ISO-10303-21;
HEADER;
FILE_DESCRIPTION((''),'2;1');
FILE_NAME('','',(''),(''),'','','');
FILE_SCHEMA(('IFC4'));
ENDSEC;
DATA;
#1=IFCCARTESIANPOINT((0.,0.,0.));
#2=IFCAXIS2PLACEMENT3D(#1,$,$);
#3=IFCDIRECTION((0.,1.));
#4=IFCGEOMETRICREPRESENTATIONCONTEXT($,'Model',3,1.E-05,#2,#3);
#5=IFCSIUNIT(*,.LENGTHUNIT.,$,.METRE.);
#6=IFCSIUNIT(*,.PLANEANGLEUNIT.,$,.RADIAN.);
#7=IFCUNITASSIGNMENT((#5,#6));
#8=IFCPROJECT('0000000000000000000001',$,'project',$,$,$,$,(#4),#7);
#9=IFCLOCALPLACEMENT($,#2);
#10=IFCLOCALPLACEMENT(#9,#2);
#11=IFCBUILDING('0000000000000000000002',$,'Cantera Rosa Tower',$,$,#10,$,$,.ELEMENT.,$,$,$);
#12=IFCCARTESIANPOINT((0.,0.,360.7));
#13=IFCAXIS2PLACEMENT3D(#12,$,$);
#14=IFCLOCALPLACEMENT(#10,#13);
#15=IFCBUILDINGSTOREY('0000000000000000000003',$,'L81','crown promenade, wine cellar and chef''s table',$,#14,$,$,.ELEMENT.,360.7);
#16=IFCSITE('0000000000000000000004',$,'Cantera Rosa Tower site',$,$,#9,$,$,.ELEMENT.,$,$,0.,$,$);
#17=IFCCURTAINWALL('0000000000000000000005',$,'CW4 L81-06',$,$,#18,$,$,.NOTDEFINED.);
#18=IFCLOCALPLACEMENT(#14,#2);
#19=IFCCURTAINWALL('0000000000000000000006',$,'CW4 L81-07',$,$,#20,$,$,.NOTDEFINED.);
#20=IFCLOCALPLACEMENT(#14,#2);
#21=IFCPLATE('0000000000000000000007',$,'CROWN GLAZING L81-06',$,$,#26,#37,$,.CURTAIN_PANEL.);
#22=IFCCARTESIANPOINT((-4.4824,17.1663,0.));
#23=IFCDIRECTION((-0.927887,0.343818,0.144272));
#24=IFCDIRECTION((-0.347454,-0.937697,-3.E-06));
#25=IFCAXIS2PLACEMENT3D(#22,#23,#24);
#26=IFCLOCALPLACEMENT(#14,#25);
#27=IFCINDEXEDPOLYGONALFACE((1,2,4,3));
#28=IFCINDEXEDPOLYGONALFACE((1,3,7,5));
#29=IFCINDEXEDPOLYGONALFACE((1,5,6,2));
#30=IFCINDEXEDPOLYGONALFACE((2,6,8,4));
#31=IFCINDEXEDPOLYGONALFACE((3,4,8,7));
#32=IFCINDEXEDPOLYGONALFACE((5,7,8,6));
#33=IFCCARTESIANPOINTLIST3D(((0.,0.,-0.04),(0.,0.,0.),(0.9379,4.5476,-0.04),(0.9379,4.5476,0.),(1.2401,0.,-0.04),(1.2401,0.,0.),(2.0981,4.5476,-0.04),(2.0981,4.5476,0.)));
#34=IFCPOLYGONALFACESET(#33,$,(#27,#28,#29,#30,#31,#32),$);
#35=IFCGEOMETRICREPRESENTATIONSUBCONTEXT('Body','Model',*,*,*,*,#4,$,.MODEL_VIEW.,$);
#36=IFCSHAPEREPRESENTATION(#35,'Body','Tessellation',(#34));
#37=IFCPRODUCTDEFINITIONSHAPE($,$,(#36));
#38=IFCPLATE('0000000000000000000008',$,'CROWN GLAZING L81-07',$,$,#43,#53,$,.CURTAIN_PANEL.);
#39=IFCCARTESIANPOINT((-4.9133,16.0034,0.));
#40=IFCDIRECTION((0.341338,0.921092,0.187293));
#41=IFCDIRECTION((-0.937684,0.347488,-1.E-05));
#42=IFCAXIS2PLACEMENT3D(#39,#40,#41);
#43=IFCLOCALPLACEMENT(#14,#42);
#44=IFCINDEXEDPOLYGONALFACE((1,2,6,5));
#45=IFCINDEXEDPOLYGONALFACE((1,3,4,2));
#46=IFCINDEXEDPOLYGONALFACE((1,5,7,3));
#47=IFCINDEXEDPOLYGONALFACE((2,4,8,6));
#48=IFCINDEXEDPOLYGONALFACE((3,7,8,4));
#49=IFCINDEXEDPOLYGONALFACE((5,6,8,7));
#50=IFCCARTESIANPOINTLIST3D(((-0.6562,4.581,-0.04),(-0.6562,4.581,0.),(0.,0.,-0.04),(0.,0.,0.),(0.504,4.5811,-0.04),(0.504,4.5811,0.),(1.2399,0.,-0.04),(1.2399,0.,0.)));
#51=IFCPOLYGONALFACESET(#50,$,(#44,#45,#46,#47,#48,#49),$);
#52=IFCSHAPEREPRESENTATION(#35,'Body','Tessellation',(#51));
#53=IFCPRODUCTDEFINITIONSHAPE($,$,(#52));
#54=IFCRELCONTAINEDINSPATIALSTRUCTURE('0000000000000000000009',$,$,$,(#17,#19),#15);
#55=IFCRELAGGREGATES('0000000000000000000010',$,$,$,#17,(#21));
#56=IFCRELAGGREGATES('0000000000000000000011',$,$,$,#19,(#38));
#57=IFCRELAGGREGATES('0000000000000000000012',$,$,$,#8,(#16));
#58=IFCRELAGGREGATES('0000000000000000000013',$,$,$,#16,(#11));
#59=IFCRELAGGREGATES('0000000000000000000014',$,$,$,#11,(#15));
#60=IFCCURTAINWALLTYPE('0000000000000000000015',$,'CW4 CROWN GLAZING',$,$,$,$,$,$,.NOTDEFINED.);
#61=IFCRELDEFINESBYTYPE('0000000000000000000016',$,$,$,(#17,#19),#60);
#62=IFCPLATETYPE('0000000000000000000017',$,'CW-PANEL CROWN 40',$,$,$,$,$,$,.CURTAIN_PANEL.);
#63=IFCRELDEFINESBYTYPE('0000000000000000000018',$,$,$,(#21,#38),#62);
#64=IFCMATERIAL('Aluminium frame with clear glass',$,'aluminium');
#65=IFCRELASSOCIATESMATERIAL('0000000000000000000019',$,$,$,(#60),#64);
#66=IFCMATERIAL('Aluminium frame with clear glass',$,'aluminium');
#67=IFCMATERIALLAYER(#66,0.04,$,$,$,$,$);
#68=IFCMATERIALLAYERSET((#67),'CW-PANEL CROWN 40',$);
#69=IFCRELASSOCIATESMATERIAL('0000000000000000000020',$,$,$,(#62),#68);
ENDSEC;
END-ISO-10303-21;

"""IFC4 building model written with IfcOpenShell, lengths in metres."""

from ifc_helpers import new_model, si_unit, direction, frame, origin, place, context, subcontext, project, spatial, polyline, outline, extrude, material, layer, layer_set, type_object, element, aggregate, save


model = new_model("IFC4")

# Units and contexts
model_context = context("Model", 3, precision=1e-05, world=origin(), true_north=direction((0.0, 1.0)))
body_context = subcontext(model_context, "Body", "Model", "MODEL_VIEW")
ifc_project = project(units=[si_unit("LENGTHUNIT", "METRE"), si_unit("PLANEANGLEUNIT", "RADIAN")], contexts=[model_context])

# Site, building, storey
site_placement = place(None, origin())
site = spatial("IfcSite", under=ifc_project, at=site_placement, Name="Cantera Rosa Tower site", CompositionType="ELEMENT", RefElevation=0.0)
building_placement = place(site_placement, origin())
building = spatial("IfcBuilding", under=site, at=building_placement, Name="Cantera Rosa Tower", CompositionType="ELEMENT")
storey_placement = place(building_placement, frame((0.0, 0.0, 360.7)))
storey = spatial("IfcBuildingStorey", under=building, at=storey_placement, Name="L81", Description="crown promenade, wine cellar and chef's table", CompositionType="ELEMENT", Elevation=360.7)

# Curtain walls
ifc_material_1 = material(Name="Aluminium frame with clear glass", Category="aluminium")
curtain_wall_type = type_object("IfcCurtainWallType", Name="CW4 CROWN GLAZING", PredefinedType="NOTDEFINED", material=ifc_material_1)
curtain_wall_1_placement = place(storey_placement, origin())
curtain_wall_1 = element("IfcCurtainWall", 1, at=curtain_wall_1_placement, inside=storey, type_object=curtain_wall_type, Name="CW4 L81-06", PredefinedType="NOTDEFINED")
curtain_wall_2_placement = place(storey_placement, origin())
curtain_wall_2 = element("IfcCurtainWall", 2, at=curtain_wall_2_placement, inside=storey, type_object=curtain_wall_type, Name="CW4 L81-07", PredefinedType="NOTDEFINED")

# Plates
ifc_material_2 = material(Name="Aluminium frame with clear glass", Category="aluminium")
ifc_layer_1 = layer(ifc_material_2, 0.04)
ifc_layer_set_1 = layer_set([ifc_layer_1], Name="CW-PANEL CROWN 40")
plate_type = type_object("IfcPlateType", Name="CW-PANEL CROWN 40", PredefinedType="CURTAIN_PANEL", material=ifc_layer_set_1)
plate_1_placement = place(storey_placement, frame((-4.4824, 17.1663, 0.0), z_axis=(-0.927887, 0.343818, 0.144272), x_axis=(-0.347454, -0.937697, -0.000003)))
plate_1 = element("IfcPlate", 3, at=plate_1_placement, type_object=plate_type, Name="CROWN GLAZING L81-06", PredefinedType="CURTAIN_PANEL", context=body_context, shape_type="SweptSolid", body=[
    extrude(outline(polyline([(0.0, 0.0), (1.2401, 0.0), (2.0981, 4.5476), (0.9379, 4.5476), (0.0, 0.0)])), origin(), (0.0, 0.0, -1.0), 0.04),
])
plate_2_placement = place(storey_placement, frame((-4.9133, 16.0034, 0.0), z_axis=(0.341338, 0.921092, 0.187293), x_axis=(-0.937684, 0.347488, -0.00001)))
plate_2 = element("IfcPlate", 4, at=plate_2_placement, type_object=plate_type, Name="CROWN GLAZING L81-07", PredefinedType="CURTAIN_PANEL", context=body_context, shape_type="SweptSolid", body=[
    extrude(outline(polyline([(0.0, 0.0), (1.2399, 0.0), (0.504, 4.5811), (-0.6562, 4.581), (0.0, 0.0)])), origin(), (0.0, 0.0, -1.0), 0.04),
])

aggregate(curtain_wall_1, [plate_1])
aggregate(curtain_wall_2, [plate_2])

save(model, "model.ifc")
